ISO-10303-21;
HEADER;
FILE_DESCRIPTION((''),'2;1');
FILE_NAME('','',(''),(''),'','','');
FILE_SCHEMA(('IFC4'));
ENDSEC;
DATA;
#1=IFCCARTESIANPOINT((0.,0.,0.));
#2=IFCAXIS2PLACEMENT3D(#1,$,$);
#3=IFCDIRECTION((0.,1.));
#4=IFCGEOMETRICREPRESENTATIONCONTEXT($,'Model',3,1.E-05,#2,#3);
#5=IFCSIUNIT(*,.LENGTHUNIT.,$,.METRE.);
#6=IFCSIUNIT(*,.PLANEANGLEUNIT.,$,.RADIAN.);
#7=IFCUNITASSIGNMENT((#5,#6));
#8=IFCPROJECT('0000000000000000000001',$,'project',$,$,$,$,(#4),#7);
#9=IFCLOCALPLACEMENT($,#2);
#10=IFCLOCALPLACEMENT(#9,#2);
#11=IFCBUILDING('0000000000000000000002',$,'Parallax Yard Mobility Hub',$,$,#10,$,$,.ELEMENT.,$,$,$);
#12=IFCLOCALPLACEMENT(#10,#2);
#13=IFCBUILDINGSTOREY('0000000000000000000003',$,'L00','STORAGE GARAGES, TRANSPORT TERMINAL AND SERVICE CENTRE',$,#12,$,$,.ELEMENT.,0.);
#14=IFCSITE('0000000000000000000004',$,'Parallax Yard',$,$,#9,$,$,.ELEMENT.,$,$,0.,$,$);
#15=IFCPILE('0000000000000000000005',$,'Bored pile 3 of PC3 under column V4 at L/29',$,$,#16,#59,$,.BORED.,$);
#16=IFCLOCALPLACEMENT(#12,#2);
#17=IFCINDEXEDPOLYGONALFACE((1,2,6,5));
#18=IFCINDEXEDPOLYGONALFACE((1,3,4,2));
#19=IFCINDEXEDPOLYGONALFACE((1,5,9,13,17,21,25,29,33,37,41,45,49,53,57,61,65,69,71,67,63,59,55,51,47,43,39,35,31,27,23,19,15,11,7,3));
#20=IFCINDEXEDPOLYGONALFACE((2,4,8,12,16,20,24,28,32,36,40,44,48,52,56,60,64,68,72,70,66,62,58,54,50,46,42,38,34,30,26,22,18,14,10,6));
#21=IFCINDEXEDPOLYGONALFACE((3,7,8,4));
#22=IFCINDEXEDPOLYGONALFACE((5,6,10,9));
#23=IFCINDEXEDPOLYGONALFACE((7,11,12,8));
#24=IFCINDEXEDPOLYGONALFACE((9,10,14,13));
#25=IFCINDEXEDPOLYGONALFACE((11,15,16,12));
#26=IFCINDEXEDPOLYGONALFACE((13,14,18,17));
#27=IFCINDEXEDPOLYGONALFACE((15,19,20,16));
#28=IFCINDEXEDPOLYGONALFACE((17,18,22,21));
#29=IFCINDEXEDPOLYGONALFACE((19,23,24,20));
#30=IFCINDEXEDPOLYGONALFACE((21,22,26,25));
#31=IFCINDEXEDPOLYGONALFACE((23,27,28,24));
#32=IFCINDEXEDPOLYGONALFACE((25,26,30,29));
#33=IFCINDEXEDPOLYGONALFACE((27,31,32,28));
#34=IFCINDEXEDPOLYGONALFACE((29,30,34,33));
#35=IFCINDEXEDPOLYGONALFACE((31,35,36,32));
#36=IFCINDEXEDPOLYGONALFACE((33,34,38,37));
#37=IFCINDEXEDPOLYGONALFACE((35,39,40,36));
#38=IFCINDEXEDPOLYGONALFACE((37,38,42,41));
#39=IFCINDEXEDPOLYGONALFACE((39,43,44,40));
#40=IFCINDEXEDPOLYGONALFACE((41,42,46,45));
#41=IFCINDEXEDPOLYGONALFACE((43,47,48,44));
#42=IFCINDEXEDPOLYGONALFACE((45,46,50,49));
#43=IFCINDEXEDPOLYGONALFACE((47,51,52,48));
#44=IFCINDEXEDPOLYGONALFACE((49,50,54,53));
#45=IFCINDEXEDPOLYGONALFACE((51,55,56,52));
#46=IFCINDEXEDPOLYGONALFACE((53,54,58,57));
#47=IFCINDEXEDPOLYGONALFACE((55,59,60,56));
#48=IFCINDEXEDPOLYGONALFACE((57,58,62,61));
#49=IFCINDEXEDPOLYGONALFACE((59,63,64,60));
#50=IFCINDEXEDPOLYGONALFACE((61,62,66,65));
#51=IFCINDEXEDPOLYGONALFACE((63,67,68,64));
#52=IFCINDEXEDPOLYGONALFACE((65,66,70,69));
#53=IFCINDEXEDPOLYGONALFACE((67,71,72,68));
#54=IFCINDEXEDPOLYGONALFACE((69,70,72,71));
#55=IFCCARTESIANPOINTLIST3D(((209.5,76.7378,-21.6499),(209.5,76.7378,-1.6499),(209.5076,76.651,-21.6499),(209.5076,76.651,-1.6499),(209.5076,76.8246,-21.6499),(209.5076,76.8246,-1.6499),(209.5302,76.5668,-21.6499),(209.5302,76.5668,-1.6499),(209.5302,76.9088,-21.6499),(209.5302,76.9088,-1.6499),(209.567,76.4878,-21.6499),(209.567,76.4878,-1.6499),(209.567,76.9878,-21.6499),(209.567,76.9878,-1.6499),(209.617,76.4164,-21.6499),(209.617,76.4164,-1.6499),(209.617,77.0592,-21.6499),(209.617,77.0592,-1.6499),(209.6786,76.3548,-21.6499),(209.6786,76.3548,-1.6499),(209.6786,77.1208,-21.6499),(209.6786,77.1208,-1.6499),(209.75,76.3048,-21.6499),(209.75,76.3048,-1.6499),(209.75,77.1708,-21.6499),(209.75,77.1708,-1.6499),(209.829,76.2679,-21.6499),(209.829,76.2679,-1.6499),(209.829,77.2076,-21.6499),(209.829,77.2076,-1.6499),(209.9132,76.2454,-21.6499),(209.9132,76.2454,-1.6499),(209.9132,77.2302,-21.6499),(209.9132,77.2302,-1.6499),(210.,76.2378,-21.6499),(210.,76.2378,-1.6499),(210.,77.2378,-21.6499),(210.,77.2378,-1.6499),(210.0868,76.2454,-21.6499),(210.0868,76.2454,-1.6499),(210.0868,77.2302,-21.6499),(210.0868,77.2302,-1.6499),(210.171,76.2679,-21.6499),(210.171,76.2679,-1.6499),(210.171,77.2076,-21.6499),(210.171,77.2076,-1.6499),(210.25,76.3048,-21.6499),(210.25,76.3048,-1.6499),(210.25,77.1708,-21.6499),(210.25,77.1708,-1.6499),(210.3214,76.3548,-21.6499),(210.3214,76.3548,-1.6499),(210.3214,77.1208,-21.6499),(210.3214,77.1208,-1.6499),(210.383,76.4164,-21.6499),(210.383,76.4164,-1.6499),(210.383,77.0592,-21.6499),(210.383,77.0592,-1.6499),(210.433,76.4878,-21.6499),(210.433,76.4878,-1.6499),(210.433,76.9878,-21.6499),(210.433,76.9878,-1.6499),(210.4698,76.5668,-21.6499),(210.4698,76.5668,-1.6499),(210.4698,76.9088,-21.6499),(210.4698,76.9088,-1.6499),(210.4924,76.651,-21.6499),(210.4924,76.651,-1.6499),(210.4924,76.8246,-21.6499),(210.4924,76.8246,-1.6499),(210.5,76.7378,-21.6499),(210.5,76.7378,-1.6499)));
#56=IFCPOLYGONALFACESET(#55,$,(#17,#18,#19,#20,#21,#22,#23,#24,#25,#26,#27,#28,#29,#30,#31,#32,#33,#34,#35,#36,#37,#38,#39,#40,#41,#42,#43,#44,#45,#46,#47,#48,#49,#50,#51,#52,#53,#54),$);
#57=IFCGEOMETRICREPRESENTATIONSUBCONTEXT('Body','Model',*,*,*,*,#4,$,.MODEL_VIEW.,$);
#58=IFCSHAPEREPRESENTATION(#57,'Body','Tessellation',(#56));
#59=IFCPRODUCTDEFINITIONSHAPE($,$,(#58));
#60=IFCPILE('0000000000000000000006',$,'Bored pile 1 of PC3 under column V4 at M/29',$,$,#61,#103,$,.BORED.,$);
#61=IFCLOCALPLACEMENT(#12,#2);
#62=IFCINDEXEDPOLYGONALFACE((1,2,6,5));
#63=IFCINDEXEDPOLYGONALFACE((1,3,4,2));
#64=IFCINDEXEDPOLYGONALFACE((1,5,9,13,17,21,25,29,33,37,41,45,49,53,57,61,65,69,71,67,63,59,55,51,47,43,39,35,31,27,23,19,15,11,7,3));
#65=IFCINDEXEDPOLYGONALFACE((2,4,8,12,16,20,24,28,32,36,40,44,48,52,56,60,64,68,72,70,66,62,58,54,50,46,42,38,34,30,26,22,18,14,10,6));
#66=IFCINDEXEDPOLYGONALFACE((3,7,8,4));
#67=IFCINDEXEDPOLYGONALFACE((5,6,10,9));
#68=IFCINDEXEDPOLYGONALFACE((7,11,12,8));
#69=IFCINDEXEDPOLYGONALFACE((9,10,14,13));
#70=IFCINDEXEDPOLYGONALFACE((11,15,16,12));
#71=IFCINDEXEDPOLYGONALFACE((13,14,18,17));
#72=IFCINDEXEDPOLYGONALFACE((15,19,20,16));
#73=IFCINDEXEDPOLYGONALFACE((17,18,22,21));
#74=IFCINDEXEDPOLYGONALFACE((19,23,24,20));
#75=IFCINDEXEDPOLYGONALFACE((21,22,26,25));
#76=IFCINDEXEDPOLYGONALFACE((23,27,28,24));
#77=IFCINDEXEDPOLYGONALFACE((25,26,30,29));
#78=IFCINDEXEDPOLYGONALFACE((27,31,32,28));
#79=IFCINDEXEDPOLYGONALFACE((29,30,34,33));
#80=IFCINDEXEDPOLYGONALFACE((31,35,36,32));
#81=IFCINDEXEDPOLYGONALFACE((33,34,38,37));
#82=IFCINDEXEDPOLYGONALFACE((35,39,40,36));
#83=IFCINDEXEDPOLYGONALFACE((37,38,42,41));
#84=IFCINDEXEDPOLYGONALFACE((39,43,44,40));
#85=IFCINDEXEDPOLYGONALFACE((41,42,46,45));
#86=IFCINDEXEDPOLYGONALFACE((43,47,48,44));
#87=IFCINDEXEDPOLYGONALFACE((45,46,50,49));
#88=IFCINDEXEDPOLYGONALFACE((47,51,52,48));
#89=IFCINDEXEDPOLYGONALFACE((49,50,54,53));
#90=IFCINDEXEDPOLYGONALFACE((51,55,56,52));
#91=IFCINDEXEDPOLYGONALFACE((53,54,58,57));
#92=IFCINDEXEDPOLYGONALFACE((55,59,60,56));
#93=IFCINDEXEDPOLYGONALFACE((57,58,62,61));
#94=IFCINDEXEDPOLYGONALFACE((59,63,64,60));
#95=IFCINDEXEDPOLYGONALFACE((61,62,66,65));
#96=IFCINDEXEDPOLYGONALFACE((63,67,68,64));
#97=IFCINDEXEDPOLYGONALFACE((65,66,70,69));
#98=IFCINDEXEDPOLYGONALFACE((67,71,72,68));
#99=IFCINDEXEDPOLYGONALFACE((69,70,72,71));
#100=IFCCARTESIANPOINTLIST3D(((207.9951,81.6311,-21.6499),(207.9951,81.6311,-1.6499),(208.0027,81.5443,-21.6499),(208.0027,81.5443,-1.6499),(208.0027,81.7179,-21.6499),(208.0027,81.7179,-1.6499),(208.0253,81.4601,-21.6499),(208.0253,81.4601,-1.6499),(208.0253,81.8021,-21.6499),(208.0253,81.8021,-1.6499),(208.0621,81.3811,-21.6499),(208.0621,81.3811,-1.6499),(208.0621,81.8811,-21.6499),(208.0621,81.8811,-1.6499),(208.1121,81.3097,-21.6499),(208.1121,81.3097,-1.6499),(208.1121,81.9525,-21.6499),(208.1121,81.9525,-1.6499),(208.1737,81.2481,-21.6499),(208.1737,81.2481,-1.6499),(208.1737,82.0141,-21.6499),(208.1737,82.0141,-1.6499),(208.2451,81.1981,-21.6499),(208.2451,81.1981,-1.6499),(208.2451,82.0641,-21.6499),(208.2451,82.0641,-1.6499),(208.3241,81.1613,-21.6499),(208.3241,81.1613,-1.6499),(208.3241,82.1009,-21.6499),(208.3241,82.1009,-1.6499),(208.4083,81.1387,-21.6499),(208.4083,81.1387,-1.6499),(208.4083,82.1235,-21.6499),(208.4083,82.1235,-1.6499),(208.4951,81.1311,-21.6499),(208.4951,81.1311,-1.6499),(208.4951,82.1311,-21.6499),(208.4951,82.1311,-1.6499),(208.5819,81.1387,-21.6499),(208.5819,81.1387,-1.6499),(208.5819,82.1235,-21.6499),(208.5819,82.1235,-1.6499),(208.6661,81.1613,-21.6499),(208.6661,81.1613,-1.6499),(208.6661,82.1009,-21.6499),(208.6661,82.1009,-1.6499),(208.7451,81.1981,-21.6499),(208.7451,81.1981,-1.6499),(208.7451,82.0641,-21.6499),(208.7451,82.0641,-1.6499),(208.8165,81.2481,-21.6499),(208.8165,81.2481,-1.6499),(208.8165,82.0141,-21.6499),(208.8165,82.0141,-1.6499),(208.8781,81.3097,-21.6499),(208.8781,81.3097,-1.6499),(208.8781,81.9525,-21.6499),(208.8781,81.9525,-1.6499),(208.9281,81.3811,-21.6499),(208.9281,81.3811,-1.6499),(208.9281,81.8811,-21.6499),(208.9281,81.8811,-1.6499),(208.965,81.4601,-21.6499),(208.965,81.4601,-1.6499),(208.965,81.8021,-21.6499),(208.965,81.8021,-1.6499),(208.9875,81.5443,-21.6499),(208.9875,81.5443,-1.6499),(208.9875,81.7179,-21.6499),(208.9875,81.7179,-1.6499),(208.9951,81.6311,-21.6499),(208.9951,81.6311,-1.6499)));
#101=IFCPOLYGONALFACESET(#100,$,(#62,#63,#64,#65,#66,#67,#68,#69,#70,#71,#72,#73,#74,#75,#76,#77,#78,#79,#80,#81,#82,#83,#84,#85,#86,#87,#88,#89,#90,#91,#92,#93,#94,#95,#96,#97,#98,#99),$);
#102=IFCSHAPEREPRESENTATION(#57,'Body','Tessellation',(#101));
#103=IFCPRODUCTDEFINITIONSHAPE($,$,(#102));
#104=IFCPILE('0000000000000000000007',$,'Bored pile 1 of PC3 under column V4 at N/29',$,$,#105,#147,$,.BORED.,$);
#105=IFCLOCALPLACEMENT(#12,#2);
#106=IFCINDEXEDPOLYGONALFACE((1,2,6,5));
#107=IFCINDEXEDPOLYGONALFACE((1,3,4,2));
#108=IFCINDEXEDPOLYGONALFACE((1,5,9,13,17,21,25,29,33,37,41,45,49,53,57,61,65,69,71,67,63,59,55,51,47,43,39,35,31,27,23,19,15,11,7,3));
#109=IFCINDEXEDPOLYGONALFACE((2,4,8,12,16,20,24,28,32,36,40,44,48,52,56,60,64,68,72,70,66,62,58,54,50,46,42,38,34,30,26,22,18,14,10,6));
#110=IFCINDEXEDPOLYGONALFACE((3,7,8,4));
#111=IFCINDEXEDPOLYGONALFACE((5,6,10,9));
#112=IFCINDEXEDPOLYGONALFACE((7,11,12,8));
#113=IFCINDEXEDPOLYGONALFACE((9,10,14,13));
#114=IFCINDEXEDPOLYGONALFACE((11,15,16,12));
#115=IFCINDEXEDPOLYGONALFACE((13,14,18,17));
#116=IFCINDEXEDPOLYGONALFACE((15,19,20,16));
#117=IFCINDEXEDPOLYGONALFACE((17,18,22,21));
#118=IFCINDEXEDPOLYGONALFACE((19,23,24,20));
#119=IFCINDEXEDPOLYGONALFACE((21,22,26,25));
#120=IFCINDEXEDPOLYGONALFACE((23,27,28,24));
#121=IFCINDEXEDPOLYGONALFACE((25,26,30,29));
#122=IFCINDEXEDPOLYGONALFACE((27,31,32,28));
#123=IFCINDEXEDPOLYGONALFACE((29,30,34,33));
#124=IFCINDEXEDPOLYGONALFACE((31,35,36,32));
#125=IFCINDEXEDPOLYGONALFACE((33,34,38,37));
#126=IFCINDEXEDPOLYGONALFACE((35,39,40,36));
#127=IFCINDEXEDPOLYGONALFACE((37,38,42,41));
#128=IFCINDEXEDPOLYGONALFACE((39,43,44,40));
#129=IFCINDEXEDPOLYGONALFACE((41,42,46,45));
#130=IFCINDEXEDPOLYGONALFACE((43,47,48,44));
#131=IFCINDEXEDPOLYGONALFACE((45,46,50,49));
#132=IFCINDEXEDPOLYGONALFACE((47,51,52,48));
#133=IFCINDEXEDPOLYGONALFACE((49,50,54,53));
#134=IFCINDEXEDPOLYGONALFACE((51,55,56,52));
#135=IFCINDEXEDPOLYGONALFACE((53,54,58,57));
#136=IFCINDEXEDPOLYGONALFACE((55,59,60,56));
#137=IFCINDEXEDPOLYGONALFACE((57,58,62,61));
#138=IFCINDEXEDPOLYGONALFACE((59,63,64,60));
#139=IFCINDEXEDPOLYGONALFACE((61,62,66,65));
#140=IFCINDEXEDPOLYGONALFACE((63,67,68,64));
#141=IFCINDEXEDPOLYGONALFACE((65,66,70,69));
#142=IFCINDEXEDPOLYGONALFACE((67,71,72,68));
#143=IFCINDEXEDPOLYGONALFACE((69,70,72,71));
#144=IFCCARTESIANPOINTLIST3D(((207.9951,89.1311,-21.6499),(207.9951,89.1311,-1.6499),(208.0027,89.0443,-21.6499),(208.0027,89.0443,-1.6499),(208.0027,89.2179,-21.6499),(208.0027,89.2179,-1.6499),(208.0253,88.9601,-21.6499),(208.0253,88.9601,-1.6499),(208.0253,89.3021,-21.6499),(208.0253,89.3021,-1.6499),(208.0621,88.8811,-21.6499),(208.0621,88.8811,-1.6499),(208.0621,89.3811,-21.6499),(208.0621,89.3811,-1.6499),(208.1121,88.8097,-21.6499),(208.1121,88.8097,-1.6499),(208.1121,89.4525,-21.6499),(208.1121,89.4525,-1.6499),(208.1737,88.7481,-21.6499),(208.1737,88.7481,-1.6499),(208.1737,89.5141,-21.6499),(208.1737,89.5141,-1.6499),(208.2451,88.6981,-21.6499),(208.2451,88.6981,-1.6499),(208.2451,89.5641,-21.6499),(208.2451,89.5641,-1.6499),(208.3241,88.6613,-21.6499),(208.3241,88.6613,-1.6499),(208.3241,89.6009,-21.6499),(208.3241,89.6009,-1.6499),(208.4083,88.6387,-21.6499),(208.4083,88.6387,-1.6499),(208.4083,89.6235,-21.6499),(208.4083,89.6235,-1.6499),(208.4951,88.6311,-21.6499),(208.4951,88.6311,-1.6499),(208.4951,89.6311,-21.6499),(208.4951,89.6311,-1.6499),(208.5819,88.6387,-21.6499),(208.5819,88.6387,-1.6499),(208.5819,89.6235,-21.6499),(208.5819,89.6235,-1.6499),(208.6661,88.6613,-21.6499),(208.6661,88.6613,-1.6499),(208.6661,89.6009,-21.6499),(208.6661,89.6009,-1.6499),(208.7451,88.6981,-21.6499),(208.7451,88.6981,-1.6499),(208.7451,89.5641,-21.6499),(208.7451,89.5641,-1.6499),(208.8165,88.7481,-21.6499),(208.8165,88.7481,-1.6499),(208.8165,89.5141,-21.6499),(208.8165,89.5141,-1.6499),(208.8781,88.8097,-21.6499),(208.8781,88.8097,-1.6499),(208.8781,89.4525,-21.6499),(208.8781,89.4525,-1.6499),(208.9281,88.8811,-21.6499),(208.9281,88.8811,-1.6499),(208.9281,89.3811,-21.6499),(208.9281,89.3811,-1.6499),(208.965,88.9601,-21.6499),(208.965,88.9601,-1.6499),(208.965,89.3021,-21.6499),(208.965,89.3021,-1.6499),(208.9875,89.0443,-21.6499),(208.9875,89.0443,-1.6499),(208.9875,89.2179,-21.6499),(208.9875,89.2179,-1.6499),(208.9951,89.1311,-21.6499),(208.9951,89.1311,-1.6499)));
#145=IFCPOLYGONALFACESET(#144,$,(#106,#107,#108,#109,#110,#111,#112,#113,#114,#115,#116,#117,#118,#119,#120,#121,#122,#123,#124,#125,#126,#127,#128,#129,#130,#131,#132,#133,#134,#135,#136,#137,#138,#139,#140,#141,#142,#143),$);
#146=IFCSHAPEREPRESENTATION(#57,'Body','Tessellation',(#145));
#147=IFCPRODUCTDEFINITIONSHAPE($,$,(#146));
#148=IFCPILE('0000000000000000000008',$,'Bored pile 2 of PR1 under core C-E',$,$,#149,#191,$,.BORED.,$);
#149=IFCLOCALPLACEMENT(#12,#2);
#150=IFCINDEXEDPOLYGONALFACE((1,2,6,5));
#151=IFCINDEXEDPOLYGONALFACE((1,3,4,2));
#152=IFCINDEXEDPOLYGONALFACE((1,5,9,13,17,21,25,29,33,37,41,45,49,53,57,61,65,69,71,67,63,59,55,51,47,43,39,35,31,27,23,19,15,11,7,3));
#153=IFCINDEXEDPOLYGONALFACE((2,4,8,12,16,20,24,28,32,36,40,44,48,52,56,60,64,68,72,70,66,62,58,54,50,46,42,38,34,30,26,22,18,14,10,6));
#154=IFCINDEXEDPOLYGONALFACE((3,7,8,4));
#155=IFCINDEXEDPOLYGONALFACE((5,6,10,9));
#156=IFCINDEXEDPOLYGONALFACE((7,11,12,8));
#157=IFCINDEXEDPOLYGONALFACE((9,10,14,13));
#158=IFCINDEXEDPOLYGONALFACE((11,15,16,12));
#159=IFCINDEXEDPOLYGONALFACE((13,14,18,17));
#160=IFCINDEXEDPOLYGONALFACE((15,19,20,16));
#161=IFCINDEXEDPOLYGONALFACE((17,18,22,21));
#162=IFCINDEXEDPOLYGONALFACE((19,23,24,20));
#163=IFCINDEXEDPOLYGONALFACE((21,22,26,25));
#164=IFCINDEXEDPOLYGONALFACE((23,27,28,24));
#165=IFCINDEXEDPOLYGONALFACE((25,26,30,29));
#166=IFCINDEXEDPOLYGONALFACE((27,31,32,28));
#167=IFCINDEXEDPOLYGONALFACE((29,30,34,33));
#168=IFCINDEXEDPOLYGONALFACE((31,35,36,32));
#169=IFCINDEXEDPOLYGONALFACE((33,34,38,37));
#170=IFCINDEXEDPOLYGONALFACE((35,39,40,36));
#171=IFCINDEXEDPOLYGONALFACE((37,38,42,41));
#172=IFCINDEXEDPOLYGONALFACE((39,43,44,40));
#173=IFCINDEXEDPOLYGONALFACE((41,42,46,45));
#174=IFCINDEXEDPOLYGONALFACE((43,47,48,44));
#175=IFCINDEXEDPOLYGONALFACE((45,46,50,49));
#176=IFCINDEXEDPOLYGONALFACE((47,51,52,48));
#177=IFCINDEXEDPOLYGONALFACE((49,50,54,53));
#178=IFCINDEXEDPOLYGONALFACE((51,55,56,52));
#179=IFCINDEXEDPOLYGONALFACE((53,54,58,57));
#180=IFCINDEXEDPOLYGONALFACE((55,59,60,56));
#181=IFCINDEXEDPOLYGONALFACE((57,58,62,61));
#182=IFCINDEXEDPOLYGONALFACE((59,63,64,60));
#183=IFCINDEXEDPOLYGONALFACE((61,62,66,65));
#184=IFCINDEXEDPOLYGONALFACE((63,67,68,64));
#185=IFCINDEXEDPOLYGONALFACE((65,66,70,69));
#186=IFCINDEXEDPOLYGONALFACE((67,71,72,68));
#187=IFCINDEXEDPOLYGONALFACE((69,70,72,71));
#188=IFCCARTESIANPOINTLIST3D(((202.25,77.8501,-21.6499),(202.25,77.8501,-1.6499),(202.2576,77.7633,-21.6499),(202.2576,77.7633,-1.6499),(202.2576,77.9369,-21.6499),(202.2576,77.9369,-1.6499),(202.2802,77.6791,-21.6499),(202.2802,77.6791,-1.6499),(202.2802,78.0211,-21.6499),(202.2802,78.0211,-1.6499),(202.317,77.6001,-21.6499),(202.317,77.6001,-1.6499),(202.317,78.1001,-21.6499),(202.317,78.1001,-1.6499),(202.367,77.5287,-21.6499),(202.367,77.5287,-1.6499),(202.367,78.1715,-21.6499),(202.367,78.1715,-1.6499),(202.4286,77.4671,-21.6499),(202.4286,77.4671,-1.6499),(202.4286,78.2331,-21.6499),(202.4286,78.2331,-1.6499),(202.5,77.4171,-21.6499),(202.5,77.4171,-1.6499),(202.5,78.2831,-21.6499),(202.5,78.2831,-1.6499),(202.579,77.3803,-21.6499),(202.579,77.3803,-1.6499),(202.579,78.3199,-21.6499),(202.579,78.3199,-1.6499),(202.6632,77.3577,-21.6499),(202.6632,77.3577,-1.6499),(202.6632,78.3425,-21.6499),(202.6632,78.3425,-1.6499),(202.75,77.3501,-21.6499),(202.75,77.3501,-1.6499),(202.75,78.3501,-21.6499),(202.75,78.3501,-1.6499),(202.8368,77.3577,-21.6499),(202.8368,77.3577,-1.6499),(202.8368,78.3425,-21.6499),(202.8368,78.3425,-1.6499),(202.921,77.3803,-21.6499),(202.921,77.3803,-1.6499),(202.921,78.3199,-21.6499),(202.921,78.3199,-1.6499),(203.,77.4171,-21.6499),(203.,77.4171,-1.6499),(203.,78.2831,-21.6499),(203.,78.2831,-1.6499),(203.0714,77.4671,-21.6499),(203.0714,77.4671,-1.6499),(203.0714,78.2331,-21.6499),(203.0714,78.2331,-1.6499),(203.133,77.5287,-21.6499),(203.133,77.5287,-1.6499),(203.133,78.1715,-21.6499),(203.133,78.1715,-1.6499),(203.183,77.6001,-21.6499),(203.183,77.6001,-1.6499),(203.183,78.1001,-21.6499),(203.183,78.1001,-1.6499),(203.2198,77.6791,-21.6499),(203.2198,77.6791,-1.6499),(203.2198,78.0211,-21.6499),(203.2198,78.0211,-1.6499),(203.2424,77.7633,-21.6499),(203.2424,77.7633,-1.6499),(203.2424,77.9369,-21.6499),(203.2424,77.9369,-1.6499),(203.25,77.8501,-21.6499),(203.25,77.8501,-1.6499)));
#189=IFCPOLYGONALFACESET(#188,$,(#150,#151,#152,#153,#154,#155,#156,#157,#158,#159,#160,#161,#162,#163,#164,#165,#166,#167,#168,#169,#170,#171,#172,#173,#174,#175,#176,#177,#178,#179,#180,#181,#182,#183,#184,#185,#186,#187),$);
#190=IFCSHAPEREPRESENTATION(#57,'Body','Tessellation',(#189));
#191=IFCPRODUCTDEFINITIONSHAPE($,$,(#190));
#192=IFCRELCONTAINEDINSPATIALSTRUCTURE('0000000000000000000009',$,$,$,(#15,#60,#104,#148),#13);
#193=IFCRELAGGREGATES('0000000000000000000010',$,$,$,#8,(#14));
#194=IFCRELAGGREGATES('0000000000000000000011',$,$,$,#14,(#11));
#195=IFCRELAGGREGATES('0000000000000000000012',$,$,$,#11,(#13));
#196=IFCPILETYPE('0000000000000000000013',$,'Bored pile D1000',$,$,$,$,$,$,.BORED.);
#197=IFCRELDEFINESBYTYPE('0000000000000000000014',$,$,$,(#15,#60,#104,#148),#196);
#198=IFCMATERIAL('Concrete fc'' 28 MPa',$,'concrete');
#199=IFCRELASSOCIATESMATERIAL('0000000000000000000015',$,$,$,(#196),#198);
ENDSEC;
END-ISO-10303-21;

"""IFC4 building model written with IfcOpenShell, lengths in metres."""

from ifc_helpers import new_model, si_unit, direction, frame, origin, origin_2d, place, context, subcontext, project, spatial, circle, extrude, material, material_profile, profile_set, type_object, element, save


model = new_model("IFC4")

# Units and contexts
model_context = context("Model", 3, precision=1e-05, world=origin(), true_north=direction((0.0, 1.0)))
body_context = subcontext(model_context, "Body", "Model", "MODEL_VIEW")
ifc_project = project(units=[si_unit("LENGTHUNIT", "METRE"), si_unit("PLANEANGLEUNIT", "RADIAN")], contexts=[model_context])

# Site, building, storey
site_placement = place(None, origin())
site = spatial("IfcSite", under=ifc_project, at=site_placement, Name="Parallax Yard", CompositionType="ELEMENT", RefElevation=0.0)
building_placement = place(site_placement, origin())
building = spatial("IfcBuilding", under=site, at=building_placement, Name="Parallax Yard Mobility Hub", CompositionType="ELEMENT")
storey_placement = place(building_placement, origin())
storey = spatial("IfcBuildingStorey", under=building, at=storey_placement, Name="L00", Description="STORAGE GARAGES, TRANSPORT TERMINAL AND SERVICE CENTRE", CompositionType="ELEMENT", Elevation=0.0)

# Piles
ifc_material_1 = material(Name="Concrete fc' 28 MPa", Category="concrete")
ifc_material_profile_1 = material_profile(ifc_material_1, circle(Radius=0.5, at=origin_2d()), Name="Bored pile D1000")
ifc_profile_set_1 = profile_set([ifc_material_profile_1], Name="Concrete fc' 28 MPa")
pile_type = type_object("IfcPileType", Name="Bored pile D1000", PredefinedType="BORED", material=ifc_profile_set_1)
for number, where, z_axis, x_axis, name in (
    (1, (210.0, 76.7378, -1.6499), (0.0, 0.0, -1.0), (1.0, 0.0, 0.0), "Bored pile 3 of PC3 under column V4 at L/29"),
    (2, (208.4951, 81.6311, -1.6499), (0.0, 0.0, -1.0), (1.0, 0.0, 0.0), "Bored pile 1 of PC3 under column V4 at M/29"),
    (3, (208.4951, 89.1311, -1.6499), (0.0, 0.0, -1.0), (1.0, 0.0, 0.0), "Bored pile 1 of PC3 under column V4 at N/29"),
    (4, (202.75, 77.8501, -1.6499), (0.0, 0.0, -1.0), (1.0, 0.0, 0.0), "Bored pile 2 of PR1 under core C-E"),
):
    element("IfcPile", number, at=place(storey_placement, frame(where, z_axis=z_axis, x_axis=x_axis)), inside=storey, type_object=pile_type, Name=name, PredefinedType="BORED", context=body_context, shape_type="SweptSolid", body=[
        extrude(circle(Radius=0.5, at=origin_2d()), origin(), (0.0, 0.0, 1.0), 20.0),
    ])

save(model, "model.ifc")
